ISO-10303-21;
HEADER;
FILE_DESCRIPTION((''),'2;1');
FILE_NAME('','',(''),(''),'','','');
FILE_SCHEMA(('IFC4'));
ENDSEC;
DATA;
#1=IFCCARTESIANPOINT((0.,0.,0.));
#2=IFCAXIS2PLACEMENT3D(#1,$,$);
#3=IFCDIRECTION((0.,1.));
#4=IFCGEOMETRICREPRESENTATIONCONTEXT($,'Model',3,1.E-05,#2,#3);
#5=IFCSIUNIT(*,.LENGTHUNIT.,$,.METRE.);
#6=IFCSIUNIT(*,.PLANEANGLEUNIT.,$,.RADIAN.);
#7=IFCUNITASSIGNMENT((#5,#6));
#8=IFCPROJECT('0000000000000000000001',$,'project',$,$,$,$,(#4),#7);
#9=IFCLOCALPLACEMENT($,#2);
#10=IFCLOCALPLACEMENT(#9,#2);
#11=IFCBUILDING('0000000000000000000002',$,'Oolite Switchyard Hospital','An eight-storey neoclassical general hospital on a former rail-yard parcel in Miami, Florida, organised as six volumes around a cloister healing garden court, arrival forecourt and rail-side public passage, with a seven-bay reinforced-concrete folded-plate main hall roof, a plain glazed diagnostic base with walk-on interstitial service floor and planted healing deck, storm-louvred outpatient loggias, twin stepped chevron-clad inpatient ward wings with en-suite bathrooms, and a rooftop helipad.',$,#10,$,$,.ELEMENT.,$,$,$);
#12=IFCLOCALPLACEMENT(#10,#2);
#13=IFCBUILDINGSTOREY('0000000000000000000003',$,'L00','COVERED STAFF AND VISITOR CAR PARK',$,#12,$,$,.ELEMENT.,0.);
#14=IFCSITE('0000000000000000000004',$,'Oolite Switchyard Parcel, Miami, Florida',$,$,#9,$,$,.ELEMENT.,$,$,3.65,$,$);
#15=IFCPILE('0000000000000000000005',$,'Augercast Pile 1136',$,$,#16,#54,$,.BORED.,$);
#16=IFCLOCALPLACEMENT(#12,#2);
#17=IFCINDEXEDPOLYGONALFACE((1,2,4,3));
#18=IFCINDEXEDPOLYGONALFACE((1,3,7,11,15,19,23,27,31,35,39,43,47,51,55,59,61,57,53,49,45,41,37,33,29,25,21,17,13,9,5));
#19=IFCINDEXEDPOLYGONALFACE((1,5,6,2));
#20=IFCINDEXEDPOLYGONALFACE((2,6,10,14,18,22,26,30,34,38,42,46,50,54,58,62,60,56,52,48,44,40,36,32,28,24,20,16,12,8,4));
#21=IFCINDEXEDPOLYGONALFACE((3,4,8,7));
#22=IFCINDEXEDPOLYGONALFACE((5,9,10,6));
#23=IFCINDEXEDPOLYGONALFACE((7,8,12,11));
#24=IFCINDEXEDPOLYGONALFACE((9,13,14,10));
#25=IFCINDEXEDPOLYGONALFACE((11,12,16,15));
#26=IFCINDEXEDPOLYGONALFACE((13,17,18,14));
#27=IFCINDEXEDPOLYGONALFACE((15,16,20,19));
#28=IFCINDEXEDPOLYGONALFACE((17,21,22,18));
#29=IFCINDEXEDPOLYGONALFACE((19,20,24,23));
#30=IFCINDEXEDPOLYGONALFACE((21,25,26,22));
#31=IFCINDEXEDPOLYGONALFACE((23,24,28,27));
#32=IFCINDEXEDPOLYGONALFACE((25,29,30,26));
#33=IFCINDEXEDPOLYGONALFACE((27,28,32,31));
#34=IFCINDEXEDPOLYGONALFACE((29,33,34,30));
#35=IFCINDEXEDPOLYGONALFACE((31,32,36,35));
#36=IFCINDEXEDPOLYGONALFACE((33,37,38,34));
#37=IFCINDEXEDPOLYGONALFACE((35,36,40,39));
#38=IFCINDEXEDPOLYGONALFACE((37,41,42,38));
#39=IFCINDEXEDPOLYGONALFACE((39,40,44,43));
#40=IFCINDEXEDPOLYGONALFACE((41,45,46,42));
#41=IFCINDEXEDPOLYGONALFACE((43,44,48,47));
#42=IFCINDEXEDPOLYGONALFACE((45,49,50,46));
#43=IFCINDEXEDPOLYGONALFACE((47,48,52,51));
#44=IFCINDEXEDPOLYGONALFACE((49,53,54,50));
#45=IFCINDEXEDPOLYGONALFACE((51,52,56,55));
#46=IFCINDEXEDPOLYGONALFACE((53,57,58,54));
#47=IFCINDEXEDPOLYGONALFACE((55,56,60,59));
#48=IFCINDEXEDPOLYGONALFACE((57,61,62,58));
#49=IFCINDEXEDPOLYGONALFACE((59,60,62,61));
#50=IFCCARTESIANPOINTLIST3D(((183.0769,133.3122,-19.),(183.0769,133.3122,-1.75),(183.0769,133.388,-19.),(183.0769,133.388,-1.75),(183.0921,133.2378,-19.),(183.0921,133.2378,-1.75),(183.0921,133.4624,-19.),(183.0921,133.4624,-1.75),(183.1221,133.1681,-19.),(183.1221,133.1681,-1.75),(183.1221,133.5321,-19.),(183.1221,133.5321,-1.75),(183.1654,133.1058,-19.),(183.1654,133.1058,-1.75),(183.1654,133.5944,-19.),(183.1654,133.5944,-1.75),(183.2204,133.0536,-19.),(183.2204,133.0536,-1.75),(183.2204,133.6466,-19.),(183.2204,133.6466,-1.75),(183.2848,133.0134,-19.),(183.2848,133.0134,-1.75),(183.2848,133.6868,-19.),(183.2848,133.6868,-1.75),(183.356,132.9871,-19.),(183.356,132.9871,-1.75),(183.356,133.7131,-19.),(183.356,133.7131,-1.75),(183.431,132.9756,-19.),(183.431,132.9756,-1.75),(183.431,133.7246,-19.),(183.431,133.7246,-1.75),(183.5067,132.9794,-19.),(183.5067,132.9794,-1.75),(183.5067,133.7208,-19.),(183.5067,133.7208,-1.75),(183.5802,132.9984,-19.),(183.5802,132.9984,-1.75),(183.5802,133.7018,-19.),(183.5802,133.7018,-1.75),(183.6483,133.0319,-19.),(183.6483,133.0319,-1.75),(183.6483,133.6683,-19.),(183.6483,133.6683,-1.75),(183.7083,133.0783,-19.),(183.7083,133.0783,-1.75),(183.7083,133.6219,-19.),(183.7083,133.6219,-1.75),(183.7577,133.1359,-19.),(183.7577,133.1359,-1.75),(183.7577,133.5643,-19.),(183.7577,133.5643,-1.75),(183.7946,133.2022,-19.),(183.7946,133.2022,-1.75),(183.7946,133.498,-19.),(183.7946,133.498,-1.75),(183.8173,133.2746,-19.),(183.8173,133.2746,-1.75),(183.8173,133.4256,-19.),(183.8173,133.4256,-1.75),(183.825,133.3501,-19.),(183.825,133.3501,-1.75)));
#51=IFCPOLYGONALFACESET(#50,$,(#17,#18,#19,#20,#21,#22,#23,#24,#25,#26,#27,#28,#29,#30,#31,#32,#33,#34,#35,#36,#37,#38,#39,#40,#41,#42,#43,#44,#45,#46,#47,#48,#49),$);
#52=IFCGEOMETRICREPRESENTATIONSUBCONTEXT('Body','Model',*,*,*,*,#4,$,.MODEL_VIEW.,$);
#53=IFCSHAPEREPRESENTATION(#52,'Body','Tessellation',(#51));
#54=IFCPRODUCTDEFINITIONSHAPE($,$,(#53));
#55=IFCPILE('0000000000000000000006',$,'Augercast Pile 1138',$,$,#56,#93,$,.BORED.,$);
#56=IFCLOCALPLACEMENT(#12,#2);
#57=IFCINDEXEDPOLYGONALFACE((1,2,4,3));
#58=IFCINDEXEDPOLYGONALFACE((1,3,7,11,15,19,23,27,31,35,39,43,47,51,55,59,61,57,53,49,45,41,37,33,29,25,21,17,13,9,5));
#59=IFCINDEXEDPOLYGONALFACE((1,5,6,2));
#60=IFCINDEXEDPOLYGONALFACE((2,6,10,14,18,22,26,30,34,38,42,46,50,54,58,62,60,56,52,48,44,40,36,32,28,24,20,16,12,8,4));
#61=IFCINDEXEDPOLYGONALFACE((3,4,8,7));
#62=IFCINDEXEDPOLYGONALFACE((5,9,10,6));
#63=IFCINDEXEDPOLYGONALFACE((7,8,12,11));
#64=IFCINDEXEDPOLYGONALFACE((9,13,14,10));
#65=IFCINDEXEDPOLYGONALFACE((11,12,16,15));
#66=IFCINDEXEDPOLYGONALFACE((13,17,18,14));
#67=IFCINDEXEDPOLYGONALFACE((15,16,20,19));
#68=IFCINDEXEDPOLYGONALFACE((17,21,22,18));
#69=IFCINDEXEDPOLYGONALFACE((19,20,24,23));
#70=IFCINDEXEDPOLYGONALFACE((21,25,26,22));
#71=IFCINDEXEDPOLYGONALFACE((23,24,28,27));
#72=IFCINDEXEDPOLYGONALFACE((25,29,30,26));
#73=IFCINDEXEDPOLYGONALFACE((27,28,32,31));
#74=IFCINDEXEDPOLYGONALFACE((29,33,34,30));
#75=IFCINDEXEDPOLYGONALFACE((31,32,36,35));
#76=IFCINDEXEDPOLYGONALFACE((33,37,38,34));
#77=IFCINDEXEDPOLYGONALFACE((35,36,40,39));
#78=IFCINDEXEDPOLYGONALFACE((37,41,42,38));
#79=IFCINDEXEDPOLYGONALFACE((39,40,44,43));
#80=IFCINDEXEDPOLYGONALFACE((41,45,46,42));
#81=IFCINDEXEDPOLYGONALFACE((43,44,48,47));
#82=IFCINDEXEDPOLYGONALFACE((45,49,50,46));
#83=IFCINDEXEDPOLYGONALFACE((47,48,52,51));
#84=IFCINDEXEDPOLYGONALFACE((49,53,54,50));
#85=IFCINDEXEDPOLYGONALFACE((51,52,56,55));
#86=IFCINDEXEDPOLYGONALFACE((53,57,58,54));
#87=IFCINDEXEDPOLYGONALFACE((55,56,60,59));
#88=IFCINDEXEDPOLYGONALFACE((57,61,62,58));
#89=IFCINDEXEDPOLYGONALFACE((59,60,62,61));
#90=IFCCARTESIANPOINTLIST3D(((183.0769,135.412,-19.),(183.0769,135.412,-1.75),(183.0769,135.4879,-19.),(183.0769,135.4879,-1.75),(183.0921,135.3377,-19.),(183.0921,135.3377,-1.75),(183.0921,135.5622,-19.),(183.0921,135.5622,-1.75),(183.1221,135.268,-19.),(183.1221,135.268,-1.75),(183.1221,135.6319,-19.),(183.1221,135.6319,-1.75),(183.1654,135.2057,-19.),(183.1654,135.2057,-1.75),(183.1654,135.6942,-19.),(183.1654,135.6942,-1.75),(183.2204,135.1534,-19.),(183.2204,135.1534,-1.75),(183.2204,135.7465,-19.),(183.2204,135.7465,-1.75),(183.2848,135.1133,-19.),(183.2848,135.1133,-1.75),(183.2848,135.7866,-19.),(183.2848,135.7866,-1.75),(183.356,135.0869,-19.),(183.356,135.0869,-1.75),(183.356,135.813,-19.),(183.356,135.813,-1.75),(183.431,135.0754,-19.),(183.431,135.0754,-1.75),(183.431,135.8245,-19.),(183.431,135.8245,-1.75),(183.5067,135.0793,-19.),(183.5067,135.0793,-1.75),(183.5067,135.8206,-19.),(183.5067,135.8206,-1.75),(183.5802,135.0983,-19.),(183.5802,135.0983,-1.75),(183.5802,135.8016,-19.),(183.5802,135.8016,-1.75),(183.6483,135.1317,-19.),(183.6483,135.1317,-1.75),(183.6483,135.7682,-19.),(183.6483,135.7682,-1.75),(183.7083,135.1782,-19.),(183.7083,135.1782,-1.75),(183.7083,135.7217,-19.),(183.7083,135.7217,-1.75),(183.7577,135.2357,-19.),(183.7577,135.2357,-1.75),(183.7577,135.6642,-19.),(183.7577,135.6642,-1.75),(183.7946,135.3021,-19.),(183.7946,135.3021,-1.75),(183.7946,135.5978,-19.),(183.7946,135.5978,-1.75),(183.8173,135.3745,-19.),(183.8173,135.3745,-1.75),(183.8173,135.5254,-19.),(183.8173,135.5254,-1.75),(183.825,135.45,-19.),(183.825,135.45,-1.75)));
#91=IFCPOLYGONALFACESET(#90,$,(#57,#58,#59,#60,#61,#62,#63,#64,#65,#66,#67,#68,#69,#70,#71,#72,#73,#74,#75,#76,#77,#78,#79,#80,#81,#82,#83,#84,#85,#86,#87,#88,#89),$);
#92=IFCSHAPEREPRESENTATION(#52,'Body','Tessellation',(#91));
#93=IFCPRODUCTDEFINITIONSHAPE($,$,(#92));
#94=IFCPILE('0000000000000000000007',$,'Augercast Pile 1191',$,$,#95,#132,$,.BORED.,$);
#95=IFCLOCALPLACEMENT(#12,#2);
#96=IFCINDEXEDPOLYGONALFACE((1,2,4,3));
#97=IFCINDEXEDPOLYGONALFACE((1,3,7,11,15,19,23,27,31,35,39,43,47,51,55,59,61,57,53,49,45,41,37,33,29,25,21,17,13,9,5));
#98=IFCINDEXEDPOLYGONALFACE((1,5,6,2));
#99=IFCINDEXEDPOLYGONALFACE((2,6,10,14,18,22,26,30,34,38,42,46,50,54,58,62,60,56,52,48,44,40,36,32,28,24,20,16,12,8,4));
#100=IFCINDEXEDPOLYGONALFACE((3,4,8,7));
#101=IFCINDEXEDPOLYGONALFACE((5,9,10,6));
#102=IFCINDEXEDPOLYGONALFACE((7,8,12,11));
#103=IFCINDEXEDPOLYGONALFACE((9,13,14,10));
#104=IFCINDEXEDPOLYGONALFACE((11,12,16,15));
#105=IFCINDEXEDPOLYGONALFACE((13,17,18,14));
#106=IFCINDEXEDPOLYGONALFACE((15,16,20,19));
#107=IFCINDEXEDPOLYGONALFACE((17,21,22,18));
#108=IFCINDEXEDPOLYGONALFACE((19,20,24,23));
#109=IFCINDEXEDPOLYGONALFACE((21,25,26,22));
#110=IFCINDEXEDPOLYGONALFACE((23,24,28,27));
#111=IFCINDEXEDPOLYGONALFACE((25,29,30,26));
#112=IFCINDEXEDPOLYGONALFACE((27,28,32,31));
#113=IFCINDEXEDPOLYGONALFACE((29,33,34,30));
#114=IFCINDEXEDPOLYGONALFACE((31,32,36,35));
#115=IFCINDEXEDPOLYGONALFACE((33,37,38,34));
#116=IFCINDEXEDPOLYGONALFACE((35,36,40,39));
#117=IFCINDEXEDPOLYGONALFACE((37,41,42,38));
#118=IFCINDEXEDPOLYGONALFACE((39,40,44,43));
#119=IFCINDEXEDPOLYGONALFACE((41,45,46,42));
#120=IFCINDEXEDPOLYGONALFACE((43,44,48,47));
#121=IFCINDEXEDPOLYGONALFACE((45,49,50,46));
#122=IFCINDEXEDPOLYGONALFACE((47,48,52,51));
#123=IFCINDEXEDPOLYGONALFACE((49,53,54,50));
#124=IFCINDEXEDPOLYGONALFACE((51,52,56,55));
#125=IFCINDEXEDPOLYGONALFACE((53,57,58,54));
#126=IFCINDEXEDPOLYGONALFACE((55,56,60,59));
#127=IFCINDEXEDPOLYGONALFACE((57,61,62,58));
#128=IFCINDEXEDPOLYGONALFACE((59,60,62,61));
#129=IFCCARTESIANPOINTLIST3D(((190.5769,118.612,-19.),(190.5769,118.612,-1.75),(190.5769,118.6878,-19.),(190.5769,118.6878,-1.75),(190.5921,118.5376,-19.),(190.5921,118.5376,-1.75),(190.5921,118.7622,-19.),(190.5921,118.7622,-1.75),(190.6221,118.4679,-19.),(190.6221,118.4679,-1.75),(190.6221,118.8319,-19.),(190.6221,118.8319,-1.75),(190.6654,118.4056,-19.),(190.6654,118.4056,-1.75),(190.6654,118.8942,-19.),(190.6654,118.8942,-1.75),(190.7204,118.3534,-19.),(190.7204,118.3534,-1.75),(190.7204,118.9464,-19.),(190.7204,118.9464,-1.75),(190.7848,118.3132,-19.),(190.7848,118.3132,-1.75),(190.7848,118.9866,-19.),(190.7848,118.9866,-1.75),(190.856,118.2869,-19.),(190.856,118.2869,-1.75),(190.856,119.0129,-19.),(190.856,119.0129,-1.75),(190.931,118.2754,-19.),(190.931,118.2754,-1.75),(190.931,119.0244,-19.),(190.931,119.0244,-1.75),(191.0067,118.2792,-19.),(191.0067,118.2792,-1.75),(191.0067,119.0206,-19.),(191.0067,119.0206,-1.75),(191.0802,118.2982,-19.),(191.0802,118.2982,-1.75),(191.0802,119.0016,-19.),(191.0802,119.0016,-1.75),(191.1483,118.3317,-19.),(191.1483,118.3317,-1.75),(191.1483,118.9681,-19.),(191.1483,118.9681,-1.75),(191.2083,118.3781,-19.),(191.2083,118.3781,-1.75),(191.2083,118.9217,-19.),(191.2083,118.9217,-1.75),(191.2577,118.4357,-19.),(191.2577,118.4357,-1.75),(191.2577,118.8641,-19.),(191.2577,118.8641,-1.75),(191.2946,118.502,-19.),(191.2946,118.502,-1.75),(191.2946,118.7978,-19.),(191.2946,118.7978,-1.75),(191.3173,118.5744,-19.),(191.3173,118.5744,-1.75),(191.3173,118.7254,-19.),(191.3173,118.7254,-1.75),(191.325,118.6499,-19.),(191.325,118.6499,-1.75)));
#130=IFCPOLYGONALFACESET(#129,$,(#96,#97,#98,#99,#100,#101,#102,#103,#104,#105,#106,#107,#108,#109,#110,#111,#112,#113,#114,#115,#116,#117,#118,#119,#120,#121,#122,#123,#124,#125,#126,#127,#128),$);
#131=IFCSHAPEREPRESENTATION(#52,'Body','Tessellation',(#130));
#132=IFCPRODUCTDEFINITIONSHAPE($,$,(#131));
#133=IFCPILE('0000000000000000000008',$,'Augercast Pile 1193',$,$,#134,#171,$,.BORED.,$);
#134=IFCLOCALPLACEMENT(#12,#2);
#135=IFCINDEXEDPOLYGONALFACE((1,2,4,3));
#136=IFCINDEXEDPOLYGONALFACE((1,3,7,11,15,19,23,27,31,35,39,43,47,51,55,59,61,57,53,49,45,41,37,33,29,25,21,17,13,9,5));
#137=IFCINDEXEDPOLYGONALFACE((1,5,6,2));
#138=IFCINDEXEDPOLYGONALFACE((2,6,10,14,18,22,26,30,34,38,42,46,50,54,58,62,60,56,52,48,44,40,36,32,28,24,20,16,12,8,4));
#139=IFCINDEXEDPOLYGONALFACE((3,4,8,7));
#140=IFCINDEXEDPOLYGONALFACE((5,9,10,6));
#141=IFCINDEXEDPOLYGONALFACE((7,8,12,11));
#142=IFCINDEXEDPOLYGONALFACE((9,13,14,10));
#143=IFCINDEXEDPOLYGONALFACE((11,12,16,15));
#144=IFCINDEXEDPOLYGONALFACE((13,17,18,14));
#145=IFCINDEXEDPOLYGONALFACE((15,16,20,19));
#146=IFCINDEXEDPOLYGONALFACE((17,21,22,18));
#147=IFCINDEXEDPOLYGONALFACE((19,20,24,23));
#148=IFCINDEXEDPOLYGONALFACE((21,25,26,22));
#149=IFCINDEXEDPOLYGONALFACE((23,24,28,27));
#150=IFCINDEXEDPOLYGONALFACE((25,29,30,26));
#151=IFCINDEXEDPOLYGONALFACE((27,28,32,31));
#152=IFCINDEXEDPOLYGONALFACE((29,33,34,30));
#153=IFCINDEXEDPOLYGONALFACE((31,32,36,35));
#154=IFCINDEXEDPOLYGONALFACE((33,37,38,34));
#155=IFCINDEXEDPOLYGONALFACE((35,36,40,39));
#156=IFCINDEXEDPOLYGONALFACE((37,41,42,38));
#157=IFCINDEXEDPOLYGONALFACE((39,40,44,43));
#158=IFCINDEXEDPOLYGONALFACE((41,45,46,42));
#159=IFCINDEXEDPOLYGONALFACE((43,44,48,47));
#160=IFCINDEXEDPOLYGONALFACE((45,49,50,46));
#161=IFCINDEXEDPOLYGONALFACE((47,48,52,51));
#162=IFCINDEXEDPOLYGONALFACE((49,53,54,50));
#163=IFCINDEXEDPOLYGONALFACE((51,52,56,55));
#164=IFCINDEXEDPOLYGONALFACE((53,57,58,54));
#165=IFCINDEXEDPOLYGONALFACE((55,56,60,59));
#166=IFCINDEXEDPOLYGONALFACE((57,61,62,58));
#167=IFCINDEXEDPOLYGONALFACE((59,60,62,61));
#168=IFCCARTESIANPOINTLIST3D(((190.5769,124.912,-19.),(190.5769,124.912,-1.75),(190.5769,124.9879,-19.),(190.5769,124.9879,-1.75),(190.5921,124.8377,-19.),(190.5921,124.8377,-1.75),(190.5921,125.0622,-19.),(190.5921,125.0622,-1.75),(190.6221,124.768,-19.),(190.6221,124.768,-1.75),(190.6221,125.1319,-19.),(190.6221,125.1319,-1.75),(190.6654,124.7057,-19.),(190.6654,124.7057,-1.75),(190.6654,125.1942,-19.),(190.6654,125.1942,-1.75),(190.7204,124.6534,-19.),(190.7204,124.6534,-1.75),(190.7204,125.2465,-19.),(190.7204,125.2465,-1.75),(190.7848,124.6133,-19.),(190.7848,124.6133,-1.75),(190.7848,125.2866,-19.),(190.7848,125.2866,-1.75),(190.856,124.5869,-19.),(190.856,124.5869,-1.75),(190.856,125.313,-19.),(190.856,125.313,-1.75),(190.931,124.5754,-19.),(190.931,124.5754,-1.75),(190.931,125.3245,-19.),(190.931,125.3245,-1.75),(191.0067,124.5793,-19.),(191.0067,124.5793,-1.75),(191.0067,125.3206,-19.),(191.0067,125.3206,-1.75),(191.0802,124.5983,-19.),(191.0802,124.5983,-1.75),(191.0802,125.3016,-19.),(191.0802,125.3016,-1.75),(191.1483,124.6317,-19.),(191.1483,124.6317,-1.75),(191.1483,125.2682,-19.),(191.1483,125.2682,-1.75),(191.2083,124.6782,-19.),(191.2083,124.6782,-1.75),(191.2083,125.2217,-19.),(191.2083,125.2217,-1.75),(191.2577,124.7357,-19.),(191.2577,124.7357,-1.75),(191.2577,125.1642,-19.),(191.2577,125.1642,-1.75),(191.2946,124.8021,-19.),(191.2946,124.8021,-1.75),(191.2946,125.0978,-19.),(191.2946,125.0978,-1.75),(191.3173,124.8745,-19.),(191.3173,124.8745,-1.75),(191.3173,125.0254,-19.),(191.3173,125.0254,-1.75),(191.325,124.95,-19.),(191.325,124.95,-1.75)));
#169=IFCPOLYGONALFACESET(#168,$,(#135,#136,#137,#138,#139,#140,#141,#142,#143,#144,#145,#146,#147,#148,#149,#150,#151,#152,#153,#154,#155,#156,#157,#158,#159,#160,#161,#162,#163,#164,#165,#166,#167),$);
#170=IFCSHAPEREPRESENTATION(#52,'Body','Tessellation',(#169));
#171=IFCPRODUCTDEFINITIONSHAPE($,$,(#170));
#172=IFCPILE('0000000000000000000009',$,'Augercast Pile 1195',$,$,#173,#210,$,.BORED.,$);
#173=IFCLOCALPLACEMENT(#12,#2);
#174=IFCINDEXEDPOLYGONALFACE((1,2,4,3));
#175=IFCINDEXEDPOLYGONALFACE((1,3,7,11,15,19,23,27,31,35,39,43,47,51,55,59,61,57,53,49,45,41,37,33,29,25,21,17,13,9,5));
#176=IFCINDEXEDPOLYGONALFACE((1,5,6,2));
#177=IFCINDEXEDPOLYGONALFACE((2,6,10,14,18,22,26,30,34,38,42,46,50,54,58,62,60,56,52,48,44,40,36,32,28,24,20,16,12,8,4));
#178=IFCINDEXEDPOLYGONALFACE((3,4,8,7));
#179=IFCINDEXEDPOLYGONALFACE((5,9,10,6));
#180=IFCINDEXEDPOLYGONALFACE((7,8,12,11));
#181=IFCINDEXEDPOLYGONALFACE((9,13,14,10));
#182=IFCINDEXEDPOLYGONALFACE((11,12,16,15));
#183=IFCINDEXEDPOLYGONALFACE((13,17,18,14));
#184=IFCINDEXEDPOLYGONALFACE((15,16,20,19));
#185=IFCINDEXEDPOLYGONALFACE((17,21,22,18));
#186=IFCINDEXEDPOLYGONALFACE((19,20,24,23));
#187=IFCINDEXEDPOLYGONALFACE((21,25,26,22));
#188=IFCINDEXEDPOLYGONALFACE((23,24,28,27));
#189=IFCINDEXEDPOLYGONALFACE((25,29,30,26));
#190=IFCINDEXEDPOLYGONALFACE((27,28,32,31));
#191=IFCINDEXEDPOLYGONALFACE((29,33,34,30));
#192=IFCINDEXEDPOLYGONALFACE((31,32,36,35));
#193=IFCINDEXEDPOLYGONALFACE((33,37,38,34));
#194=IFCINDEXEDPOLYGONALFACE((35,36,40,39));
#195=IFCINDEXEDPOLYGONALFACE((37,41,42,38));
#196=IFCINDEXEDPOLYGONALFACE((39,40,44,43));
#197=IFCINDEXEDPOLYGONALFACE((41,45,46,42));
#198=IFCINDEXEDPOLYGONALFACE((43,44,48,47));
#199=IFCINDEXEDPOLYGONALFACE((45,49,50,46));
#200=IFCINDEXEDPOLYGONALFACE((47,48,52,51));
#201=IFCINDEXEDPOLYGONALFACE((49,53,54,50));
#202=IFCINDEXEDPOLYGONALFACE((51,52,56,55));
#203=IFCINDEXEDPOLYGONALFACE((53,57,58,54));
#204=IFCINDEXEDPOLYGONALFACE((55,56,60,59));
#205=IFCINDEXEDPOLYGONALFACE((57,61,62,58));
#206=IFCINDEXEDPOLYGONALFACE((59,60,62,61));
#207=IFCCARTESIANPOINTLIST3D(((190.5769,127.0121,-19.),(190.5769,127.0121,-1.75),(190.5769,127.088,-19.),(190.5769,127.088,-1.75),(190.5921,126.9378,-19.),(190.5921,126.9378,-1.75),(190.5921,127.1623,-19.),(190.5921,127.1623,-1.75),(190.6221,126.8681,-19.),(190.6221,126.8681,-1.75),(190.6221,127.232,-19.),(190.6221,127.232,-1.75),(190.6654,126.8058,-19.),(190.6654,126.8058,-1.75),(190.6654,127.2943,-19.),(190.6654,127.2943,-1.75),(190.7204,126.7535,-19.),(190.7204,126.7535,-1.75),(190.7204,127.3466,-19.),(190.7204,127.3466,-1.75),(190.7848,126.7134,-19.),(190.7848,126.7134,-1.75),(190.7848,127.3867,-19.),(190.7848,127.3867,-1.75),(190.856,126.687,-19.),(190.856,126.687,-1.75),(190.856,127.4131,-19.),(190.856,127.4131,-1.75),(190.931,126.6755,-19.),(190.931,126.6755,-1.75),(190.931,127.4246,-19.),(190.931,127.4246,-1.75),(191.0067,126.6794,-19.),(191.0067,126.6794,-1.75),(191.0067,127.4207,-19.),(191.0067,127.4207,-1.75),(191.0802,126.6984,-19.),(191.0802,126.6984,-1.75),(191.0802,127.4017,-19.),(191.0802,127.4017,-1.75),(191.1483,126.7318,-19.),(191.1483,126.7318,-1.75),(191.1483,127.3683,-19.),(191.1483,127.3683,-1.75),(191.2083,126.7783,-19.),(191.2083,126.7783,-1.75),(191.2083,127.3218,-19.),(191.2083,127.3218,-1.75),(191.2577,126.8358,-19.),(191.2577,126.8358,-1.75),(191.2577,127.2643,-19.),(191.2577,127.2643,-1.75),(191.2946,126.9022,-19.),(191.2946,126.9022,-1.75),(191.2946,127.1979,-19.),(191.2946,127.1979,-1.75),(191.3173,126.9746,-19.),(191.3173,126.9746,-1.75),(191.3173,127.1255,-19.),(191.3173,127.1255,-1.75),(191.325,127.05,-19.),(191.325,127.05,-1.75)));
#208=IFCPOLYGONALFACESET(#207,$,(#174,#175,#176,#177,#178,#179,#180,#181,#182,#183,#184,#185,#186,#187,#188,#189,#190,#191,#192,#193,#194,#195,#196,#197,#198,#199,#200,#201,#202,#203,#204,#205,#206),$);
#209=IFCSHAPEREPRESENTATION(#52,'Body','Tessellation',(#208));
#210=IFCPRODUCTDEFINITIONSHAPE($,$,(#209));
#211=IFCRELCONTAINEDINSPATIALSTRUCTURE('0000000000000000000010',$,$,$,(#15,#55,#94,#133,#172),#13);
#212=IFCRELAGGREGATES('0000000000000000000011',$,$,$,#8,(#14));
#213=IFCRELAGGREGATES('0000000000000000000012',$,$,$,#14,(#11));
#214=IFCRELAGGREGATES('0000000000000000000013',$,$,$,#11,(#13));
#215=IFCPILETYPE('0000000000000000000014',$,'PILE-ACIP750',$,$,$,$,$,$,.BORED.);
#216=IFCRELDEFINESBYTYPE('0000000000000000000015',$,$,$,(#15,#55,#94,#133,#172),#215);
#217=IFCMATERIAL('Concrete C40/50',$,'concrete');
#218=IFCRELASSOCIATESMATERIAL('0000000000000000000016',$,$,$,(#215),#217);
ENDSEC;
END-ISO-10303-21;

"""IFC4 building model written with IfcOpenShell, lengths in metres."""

from ifc_helpers import new_model, si_unit, direction, frame, origin, origin_2d, place, context, subcontext, project, spatial, circle, extrude, material, material_profile, profile_set, type_object, element, save


model = new_model("IFC4")

# Units and contexts
model_context = context("Model", 3, precision=1e-05, world=origin(), true_north=direction((0.0, 1.0)))
body_context = subcontext(model_context, "Body", "Model", "MODEL_VIEW")
ifc_project = project(units=[si_unit("LENGTHUNIT", "METRE"), si_unit("PLANEANGLEUNIT", "RADIAN")], contexts=[model_context])

# Site, building, storey
site_placement = place(None, origin())
site = spatial("IfcSite", under=ifc_project, at=site_placement, Name="Oolite Switchyard Parcel, Miami, Florida", CompositionType="ELEMENT", RefElevation=3.65)
building_placement = place(site_placement, origin())
building = spatial("IfcBuilding", under=site, at=building_placement, Name="Oolite Switchyard Hospital", Description="An eight-storey neoclassical general hospital on a former rail-yard parcel in Miami, Florida, organised as six volumes around a cloister healing garden court, arrival forecourt and rail-side public passage, with a seven-bay reinforced-concrete folded-plate main hall roof, a plain glazed diagnostic base with walk-on interstitial service floor and planted healing deck, storm-louvred outpatient loggias, twin stepped chevron-clad inpatient ward wings with en-suite bathrooms, and a rooftop helipad.", CompositionType="ELEMENT")
storey_placement = place(building_placement, origin())
storey = spatial("IfcBuildingStorey", under=building, at=storey_placement, Name="L00", Description="COVERED STAFF AND VISITOR CAR PARK", CompositionType="ELEMENT", Elevation=0.0)

# Shared definitions
ifc_material_1 = material(Name="Concrete C40/50", Category="concrete")

# Piles
ifc_material_profile_1 = material_profile(ifc_material_1, circle(Radius=0.375, at=origin_2d()), Name="PILE750")
ifc_profile_set_1 = profile_set([ifc_material_profile_1], Name="Concrete C40/50")
pile_type = type_object("IfcPileType", Name="PILE-ACIP750", PredefinedType="BORED", material=ifc_profile_set_1)
for number, where, z_axis, x_axis, name in (
    (1, (183.45, 133.3501, -1.75), (0.0, 0.0, -1.0), (1.0, 0.0, 0.0), "Augercast Pile 1136"),
    (2, (183.45, 135.45, -1.75), (0.0, 0.0, -1.0), (1.0, 0.0, 0.0), "Augercast Pile 1138"),
    (3, (190.95, 118.6499, -1.75), (0.0, 0.0, -1.0), (1.0, 0.0, 0.0), "Augercast Pile 1191"),
    (4, (190.95, 124.95, -1.75), (0.0, 0.0, -1.0), (1.0, 0.0, 0.0), "Augercast Pile 1193"),
    (5, (190.95, 127.05, -1.75), (0.0, 0.0, -1.0), (1.0, 0.0, 0.0), "Augercast Pile 1195"),
):
    element("IfcPile", number, at=place(storey_placement, frame(where, z_axis=z_axis, x_axis=x_axis)), inside=storey, type_object=pile_type, Name=name, PredefinedType="BORED", context=body_context, shape_type="SweptSolid", body=[
        extrude(circle(Radius=0.375, at=origin_2d()), origin(), (0.0, 0.0, 1.0), 17.25),
    ])

save(model, "model.ifc")
